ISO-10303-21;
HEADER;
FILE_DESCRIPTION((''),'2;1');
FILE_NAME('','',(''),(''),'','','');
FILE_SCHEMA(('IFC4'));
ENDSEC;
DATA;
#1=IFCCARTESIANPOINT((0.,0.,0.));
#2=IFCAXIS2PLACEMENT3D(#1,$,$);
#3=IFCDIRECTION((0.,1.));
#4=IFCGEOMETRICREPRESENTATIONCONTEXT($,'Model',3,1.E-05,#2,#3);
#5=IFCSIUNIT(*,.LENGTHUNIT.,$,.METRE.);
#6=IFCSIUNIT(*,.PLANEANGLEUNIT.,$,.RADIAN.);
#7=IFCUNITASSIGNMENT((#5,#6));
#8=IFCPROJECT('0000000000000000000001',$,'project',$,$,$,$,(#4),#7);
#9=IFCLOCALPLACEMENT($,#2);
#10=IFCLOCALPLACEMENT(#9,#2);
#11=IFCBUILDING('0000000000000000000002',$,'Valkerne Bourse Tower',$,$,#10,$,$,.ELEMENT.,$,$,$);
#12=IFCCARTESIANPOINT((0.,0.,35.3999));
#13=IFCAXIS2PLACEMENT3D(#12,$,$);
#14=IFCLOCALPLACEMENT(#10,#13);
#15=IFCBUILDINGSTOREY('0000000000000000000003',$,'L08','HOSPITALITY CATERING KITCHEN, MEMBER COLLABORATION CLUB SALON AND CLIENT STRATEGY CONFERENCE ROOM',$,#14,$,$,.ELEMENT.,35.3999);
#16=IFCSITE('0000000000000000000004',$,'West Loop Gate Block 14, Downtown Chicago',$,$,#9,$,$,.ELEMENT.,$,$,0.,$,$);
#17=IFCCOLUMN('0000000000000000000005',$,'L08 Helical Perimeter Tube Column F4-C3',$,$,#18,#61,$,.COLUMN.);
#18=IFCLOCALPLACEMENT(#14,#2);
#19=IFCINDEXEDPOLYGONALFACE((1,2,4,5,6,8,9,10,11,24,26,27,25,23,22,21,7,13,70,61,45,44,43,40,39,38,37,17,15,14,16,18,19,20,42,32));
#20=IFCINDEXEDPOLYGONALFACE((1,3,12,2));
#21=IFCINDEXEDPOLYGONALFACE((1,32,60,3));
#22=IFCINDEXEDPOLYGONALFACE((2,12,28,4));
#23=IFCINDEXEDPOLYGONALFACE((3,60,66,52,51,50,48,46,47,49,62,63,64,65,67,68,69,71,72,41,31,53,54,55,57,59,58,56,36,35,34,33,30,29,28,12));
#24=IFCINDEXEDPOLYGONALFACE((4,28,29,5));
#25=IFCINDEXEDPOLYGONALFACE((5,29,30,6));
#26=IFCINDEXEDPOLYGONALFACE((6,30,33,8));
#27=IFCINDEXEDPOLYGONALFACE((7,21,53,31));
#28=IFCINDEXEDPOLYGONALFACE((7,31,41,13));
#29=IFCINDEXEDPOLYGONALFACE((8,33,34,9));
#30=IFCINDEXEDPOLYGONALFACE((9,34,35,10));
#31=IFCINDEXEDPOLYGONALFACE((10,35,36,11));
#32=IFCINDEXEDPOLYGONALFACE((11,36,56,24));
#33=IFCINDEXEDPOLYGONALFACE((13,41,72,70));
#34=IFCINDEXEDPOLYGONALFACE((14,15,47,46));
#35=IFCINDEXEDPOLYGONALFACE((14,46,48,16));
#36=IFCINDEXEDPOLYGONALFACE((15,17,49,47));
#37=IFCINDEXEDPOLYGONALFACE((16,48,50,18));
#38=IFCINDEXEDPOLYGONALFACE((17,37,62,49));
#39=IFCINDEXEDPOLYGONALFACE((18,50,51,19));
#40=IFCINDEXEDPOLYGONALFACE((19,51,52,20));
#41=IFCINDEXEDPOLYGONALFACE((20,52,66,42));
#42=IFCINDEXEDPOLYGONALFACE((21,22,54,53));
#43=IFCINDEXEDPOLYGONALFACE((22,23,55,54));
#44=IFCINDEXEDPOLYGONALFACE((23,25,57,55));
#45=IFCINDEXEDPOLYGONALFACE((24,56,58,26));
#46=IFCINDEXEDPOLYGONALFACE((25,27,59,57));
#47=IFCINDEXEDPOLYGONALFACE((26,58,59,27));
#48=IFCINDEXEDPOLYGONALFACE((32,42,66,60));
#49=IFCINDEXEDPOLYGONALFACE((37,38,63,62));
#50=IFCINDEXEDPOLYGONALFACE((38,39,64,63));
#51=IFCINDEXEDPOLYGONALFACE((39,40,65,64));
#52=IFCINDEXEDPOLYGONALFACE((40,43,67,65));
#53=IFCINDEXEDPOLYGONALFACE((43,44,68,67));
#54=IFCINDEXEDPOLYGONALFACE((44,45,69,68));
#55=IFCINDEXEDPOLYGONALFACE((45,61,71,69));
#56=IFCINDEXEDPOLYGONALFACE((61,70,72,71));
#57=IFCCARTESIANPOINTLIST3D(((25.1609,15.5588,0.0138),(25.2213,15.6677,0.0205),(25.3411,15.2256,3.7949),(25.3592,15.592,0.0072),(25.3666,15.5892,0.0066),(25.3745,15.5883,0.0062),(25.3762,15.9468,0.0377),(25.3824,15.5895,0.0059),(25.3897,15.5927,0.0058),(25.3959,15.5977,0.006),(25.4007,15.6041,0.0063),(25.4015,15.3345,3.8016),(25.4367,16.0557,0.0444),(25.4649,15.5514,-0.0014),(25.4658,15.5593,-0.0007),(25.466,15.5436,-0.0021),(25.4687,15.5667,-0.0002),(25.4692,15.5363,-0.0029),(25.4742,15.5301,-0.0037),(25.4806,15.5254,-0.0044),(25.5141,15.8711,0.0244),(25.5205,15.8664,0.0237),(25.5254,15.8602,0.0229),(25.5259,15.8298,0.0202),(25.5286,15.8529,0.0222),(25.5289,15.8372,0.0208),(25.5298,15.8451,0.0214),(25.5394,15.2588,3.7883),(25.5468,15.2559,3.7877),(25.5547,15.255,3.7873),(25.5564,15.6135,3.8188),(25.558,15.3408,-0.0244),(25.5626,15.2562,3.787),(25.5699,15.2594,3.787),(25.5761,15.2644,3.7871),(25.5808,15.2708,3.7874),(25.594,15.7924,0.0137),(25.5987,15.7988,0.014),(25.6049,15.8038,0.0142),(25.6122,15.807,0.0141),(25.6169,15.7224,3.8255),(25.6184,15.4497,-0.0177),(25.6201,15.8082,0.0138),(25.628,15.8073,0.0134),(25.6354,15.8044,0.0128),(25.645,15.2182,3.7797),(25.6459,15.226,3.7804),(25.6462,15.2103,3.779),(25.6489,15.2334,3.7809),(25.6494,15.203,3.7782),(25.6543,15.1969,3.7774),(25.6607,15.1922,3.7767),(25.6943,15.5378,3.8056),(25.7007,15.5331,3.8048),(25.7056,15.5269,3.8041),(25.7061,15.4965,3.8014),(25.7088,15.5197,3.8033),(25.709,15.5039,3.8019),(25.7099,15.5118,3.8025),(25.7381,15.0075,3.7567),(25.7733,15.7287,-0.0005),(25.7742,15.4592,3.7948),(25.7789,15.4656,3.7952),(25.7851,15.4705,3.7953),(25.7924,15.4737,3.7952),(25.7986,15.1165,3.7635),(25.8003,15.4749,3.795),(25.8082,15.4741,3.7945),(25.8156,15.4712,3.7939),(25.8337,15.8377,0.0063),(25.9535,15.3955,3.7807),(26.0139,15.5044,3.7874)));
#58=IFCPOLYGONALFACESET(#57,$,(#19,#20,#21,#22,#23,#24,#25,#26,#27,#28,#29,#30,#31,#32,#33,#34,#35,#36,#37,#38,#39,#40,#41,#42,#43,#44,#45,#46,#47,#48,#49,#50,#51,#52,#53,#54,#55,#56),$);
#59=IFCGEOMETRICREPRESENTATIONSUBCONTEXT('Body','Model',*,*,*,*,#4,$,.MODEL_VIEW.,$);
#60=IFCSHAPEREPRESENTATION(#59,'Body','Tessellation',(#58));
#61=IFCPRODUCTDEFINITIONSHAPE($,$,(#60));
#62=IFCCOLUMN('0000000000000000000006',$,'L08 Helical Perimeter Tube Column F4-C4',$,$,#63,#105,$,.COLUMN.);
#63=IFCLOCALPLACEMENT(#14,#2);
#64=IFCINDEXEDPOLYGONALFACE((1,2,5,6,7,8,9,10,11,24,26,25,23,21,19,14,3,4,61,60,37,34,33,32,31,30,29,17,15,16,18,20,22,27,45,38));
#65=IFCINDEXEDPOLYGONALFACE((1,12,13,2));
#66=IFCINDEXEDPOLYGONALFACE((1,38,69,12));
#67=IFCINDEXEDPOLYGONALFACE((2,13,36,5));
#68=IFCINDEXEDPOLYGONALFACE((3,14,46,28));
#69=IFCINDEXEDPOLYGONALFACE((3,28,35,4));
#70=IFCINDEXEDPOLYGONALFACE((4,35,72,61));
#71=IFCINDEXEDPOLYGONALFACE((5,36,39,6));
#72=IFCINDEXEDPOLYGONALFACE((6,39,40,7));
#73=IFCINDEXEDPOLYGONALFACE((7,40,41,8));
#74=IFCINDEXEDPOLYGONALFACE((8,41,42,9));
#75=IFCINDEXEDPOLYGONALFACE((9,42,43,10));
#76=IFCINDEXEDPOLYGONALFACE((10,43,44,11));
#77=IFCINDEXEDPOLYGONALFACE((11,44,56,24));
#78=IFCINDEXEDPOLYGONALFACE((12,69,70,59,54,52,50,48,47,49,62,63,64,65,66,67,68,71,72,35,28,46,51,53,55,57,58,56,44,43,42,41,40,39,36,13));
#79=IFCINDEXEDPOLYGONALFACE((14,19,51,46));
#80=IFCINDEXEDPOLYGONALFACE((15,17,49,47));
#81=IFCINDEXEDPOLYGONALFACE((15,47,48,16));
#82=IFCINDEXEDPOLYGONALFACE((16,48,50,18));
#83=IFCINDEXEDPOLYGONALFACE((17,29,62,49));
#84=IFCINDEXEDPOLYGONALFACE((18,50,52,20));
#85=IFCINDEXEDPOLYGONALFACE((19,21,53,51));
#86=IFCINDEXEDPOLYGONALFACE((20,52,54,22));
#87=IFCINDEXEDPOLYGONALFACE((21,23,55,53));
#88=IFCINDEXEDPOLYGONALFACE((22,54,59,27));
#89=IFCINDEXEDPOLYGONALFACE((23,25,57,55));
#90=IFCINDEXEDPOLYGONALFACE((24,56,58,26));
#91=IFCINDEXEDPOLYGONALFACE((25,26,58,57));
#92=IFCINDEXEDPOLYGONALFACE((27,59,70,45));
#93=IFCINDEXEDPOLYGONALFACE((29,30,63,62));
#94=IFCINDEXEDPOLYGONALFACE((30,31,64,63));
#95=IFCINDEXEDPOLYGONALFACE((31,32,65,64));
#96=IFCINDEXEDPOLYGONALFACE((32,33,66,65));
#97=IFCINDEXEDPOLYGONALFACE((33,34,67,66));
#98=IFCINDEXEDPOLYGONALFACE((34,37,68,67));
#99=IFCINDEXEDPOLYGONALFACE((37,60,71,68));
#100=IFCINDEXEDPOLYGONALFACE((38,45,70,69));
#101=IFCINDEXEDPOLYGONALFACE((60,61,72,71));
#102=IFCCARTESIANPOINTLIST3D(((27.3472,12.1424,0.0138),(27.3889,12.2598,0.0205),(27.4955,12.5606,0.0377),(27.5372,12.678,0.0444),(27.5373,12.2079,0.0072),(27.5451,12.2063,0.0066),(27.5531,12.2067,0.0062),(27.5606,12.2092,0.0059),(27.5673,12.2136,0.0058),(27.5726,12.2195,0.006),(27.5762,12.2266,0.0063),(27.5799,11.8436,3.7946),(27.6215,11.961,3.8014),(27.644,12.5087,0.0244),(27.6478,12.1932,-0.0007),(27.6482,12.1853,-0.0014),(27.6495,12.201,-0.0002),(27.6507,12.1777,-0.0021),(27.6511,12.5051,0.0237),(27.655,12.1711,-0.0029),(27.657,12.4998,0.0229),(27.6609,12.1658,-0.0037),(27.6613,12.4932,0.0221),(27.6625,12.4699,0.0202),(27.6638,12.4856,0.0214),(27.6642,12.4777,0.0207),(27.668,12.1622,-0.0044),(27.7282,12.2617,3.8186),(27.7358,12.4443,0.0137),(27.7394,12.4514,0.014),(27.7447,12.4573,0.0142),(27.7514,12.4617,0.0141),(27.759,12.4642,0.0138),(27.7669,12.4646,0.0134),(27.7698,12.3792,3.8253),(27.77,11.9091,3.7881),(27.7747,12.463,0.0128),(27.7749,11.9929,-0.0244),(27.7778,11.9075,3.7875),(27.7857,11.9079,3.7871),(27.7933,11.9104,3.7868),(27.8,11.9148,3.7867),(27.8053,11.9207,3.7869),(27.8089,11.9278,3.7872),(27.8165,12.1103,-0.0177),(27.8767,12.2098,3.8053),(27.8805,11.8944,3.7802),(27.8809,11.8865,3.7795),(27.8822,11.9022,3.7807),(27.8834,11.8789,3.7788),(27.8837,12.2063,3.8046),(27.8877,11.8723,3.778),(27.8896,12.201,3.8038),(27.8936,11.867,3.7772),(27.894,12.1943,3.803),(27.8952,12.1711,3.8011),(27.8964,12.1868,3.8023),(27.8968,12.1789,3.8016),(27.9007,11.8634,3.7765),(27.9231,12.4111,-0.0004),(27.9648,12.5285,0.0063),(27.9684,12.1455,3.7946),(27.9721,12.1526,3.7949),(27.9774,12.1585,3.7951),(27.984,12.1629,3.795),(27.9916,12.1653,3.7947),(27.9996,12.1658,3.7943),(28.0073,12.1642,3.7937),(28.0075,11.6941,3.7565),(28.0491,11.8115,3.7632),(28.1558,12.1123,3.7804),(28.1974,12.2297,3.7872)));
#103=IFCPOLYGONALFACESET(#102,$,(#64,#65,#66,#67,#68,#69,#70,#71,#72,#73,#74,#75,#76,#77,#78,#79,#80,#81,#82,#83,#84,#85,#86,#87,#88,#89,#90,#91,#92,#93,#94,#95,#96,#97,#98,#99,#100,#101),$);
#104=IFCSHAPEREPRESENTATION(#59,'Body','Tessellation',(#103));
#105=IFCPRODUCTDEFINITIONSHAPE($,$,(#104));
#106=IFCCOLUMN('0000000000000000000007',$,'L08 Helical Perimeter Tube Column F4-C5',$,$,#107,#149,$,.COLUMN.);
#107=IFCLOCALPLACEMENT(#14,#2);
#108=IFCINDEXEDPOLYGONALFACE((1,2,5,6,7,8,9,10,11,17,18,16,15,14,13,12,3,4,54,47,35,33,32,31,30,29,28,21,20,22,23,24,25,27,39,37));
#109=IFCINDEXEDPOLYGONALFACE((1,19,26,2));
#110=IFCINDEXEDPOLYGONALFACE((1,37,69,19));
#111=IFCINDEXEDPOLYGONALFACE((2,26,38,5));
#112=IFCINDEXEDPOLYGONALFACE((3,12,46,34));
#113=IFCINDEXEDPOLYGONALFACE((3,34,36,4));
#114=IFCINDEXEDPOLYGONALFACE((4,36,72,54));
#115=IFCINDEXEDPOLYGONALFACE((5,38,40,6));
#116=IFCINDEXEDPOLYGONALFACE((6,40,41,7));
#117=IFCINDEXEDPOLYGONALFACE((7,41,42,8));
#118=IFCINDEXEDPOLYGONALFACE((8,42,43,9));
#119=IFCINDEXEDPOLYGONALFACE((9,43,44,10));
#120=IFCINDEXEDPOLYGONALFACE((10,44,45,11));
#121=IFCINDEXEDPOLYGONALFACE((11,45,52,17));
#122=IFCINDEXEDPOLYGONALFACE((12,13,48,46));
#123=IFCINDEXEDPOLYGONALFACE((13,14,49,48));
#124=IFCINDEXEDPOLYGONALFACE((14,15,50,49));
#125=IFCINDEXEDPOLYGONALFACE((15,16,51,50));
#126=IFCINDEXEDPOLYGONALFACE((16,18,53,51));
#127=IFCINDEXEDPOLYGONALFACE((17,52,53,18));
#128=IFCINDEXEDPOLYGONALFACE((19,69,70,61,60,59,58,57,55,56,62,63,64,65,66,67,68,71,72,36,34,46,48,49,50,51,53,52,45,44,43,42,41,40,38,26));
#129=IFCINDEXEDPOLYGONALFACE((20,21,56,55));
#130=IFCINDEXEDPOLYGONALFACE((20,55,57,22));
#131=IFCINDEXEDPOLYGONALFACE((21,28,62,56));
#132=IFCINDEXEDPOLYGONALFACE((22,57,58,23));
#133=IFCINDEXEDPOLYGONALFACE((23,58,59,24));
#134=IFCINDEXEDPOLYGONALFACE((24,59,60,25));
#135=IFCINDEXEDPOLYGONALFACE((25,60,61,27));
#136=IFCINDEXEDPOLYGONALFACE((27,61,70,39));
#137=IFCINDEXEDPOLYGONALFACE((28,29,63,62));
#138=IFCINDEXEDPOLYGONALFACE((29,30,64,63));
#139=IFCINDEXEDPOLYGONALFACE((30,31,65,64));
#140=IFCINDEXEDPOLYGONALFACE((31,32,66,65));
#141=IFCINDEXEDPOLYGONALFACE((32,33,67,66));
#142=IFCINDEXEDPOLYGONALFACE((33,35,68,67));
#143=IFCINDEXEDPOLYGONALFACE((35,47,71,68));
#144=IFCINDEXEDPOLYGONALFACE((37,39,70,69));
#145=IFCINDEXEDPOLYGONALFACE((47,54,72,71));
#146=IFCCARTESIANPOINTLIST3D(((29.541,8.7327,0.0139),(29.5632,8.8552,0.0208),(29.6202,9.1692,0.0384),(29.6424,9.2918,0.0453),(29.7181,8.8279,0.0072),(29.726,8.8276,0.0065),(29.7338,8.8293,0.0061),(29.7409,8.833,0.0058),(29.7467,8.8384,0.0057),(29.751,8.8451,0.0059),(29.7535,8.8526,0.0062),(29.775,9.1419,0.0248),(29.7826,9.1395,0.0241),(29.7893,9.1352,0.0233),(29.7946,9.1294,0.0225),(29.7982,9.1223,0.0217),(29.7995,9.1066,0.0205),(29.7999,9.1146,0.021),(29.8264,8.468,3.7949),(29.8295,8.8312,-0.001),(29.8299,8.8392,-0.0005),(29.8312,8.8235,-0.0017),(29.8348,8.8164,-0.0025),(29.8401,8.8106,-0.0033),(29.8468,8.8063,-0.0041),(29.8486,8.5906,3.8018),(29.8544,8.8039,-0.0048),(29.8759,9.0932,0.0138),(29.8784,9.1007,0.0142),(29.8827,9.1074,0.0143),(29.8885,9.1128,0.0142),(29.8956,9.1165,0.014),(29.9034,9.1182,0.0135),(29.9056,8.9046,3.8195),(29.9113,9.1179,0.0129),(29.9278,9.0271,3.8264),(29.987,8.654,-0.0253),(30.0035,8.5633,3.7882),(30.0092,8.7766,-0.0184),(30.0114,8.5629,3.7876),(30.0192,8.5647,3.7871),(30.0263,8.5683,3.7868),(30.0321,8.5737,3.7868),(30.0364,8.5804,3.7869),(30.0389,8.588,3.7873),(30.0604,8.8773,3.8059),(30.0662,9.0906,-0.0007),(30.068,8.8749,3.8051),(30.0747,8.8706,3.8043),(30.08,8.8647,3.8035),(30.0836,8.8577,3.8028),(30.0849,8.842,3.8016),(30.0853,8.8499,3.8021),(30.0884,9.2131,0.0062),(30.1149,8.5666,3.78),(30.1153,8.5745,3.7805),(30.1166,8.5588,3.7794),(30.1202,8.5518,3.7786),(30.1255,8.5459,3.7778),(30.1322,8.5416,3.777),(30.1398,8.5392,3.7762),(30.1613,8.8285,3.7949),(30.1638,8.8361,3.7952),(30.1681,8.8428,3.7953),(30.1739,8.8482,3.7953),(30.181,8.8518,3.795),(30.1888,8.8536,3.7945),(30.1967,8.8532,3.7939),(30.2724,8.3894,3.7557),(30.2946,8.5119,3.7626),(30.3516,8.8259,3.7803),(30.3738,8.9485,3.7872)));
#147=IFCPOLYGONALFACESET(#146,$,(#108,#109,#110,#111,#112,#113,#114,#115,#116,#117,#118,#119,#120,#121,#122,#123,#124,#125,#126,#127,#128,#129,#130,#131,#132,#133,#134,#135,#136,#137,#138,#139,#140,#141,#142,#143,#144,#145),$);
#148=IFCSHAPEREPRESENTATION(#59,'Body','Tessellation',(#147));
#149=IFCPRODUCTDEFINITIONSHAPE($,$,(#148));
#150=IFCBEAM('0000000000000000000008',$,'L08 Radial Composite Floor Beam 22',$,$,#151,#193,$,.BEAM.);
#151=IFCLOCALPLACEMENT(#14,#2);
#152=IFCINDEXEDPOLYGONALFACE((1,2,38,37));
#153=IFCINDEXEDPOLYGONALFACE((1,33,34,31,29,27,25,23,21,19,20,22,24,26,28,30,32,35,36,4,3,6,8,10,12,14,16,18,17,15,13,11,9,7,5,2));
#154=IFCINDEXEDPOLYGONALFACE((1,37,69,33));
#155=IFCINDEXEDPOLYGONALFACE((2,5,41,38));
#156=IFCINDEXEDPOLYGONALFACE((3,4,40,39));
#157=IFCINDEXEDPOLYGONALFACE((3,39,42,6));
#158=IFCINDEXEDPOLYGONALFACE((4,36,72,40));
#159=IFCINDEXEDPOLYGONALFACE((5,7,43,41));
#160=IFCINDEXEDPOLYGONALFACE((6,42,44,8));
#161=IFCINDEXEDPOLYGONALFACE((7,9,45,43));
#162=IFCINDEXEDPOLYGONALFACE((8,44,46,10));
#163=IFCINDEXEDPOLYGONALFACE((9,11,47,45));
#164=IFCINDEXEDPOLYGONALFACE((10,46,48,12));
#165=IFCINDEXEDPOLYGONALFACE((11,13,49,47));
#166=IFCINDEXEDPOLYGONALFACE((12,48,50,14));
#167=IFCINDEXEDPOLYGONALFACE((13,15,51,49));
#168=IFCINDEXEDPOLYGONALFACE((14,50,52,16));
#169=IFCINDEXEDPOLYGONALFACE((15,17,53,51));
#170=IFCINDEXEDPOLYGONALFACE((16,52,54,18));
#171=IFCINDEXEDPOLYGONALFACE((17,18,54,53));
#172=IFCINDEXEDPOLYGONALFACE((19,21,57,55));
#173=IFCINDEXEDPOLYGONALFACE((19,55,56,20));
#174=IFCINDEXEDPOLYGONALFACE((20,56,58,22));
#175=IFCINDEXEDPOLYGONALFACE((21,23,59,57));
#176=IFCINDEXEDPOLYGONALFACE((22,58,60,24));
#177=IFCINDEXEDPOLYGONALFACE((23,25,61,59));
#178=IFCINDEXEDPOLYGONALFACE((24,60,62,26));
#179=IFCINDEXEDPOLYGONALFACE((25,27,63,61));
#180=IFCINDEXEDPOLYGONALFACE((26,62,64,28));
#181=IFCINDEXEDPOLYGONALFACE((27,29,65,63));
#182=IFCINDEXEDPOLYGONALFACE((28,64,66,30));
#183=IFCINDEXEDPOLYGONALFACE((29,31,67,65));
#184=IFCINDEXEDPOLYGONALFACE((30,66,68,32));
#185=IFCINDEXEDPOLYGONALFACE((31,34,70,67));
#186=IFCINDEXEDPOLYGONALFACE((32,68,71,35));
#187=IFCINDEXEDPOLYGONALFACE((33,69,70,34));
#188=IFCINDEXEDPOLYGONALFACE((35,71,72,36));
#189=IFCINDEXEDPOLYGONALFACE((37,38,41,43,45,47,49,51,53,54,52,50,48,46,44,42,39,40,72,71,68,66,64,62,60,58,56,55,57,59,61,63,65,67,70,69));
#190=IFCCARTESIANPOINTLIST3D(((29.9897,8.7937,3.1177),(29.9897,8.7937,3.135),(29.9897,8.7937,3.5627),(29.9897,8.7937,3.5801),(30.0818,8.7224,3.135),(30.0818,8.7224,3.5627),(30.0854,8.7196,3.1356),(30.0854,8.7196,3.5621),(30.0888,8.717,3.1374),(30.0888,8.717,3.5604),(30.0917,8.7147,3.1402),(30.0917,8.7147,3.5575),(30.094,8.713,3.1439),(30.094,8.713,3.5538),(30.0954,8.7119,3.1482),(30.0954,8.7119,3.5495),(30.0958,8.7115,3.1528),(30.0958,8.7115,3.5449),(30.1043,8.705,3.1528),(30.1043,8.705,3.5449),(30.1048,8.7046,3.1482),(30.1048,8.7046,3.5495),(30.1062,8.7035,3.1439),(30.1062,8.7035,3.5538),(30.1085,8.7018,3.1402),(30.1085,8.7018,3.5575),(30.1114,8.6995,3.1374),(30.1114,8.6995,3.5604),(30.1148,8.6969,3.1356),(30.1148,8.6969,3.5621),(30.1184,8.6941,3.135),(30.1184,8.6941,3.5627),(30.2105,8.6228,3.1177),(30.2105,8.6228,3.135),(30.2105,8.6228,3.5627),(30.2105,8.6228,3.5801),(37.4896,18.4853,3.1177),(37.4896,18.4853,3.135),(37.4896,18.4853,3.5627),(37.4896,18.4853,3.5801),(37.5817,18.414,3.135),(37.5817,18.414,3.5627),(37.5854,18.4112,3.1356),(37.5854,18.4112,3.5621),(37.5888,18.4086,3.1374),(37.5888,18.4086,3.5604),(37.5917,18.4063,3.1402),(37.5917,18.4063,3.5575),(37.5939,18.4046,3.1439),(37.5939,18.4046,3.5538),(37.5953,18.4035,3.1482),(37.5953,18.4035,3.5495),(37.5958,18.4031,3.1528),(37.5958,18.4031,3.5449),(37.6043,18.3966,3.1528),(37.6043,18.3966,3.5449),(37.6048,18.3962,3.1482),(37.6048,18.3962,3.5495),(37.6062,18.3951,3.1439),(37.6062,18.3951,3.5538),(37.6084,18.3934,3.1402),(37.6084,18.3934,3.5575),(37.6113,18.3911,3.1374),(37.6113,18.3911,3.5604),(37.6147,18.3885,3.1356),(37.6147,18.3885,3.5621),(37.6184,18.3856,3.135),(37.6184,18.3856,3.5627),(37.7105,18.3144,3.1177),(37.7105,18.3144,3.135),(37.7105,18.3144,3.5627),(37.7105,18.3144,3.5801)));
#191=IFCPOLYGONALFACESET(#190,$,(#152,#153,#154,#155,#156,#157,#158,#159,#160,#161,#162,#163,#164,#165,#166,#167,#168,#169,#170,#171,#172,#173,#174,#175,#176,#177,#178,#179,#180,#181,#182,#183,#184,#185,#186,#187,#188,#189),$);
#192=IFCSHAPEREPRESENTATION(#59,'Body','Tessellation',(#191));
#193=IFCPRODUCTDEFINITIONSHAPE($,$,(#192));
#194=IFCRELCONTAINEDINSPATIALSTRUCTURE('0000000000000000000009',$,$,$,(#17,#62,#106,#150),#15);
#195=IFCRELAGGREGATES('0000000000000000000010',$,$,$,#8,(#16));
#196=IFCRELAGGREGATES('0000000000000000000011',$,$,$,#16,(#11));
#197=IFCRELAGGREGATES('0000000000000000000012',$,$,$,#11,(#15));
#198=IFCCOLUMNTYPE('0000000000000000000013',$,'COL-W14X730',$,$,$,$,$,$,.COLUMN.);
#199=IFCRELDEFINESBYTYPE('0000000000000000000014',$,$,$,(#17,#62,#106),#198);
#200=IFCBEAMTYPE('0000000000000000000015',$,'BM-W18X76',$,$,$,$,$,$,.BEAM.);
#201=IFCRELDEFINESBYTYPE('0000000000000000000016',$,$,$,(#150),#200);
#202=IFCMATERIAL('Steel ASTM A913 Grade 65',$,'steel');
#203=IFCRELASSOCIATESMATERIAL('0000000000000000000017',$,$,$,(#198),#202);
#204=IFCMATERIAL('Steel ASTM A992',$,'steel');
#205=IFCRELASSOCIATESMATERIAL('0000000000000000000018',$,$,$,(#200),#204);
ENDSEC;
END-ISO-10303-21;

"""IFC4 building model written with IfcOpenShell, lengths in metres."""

from ifc_helpers import new_model, si_unit, direction, frame, origin, origin_2d, place, context, subcontext, project, spatial, i_section, extrude, material, material_profile, profile_set, type_object, element, save


model = new_model("IFC4")

# Units and contexts
model_context = context("Model", 3, precision=1e-05, world=origin(), true_north=direction((0.0, 1.0)))
body_context = subcontext(model_context, "Body", "Model", "MODEL_VIEW")
ifc_project = project(units=[si_unit("LENGTHUNIT", "METRE"), si_unit("PLANEANGLEUNIT", "RADIAN")], contexts=[model_context])

# Site, building, storey
site_placement = place(None, origin())
site = spatial("IfcSite", under=ifc_project, at=site_placement, Name="West Loop Gate Block 14, Downtown Chicago", CompositionType="ELEMENT", RefElevation=0.0)
building_placement = place(site_placement, origin())
building = spatial("IfcBuilding", under=site, at=building_placement, Name="Valkerne Bourse Tower", CompositionType="ELEMENT")
storey_placement = place(building_placement, frame((0.0, 0.0, 35.3999)))
storey = spatial("IfcBuildingStorey", under=building, at=storey_placement, Name="L08", Description="HOSPITALITY CATERING KITCHEN, MEMBER COLLABORATION CLUB SALON AND CLIENT STRATEGY CONFERENCE ROOM", CompositionType="ELEMENT", Elevation=35.3999)

# Columns
ifc_material_1 = material(Name="Steel ASTM A913 Grade 65", Category="steel")
ifc_material_profile_1 = material_profile(ifc_material_1, i_section(OverallWidth=0.4546, OverallDepth=0.5691, WebThickness=0.0779, FlangeThickness=0.1248, FilletRadius=0.0305, at=origin_2d()), Name="W14X730")
ifc_profile_set_1 = profile_set([ifc_material_profile_1], Name="Steel ASTM A913 Grade 65")
column_type = type_object("IfcColumnType", Name="COL-W14X730", PredefinedType="COLUMN", material=ifc_profile_set_1)
column_1_placement = place(storey_placement, frame((25.4973, 15.6982, 0.01), z_axis=(0.047415, -0.087699, 0.995018), x_axis=(0.873456, -0.479621, -0.083896)))
element("IfcColumn", 1, at=column_1_placement, inside=storey, type_object=column_type, Name="L08 Helical Perimeter Tube Column F4-C3", PredefinedType="COLUMN", context=body_context, shape_type="SweptSolid", body=[
    extrude(i_section(OverallWidth=0.4546, OverallDepth=0.5691, WebThickness=0.0779, FlangeThickness=0.1248, FilletRadius=0.0305, at=origin_2d()), origin(), (0.0, 0.0, 1.0), 3.8),
])
column_2_placement = place(storey_placement, frame((27.656, 12.3354, 0.01), z_axis=(0.061229, -0.078641, 0.995021), x_axis=(0.940673, -0.328787, -0.08387)))
element("IfcColumn", 2, at=column_2_placement, inside=storey, type_object=column_type, Name="L08 Helical Perimeter Tube Column F4-C4", PredefinedType="COLUMN", context=body_context, shape_type="SweptSolid", body=[
    extrude(i_section(OverallWidth=0.4546, OverallDepth=0.5691, WebThickness=0.0779, FlangeThickness=0.1248, FilletRadius=0.0305, at=origin_2d()), origin(), (0.0, 0.0, 1.0), 3.7998),
])
column_3_placement = place(storey_placement, frame((29.8147, 8.9729, 0.01), z_axis=(0.075086, -0.069626, 0.994743), x_axis=(0.981139, -0.173036, -0.08617)))
element("IfcColumn", 3, at=column_3_placement, inside=storey, type_object=column_type, Name="L08 Helical Perimeter Tube Column F4-C5", PredefinedType="COLUMN", context=body_context, shape_type="SweptSolid", body=[
    extrude(i_section(OverallWidth=0.4546, OverallDepth=0.5691, WebThickness=0.0779, FlangeThickness=0.1248, FilletRadius=0.0305, at=origin_2d()), origin(), (0.0, 0.0, 1.0), 3.801),
])

# Beam
ifc_material_2 = material(Name="Steel ASTM A992", Category="steel")
ifc_material_profile_2 = material_profile(ifc_material_2, i_section(OverallWidth=0.2793, OverallDepth=0.4624, WebThickness=0.0107, FlangeThickness=0.0173, FilletRadius=0.0178, at=origin_2d()), Name="W18X76")
ifc_profile_set_2 = profile_set([ifc_material_profile_2], Name="Steel ASTM A992")
beam_type_1 = type_object("IfcBeamType", Name="BM-W18X76", PredefinedType="BEAM", material=ifc_profile_set_2)
beam_1_placement = place(storey_placement, frame((30.1001, 8.7083, 3.3489), z_axis=(0.612009, 0.790851, 0.0), x_axis=(-0.790851, 0.612009, 0.0)))
element("IfcBeam", 4, at=beam_1_placement, inside=storey, type_object=beam_type_1, Name="L08 Radial Composite Floor Beam 22", PredefinedType="BEAM", context=body_context, shape_type="SweptSolid", body=[
    extrude(i_section(OverallWidth=0.2793, OverallDepth=0.4624, WebThickness=0.0107, FlangeThickness=0.0173, FilletRadius=0.0178, at=origin_2d()), origin(), (0.0, 0.0, 1.0), 12.2546),
])

save(model, "model.ifc")
